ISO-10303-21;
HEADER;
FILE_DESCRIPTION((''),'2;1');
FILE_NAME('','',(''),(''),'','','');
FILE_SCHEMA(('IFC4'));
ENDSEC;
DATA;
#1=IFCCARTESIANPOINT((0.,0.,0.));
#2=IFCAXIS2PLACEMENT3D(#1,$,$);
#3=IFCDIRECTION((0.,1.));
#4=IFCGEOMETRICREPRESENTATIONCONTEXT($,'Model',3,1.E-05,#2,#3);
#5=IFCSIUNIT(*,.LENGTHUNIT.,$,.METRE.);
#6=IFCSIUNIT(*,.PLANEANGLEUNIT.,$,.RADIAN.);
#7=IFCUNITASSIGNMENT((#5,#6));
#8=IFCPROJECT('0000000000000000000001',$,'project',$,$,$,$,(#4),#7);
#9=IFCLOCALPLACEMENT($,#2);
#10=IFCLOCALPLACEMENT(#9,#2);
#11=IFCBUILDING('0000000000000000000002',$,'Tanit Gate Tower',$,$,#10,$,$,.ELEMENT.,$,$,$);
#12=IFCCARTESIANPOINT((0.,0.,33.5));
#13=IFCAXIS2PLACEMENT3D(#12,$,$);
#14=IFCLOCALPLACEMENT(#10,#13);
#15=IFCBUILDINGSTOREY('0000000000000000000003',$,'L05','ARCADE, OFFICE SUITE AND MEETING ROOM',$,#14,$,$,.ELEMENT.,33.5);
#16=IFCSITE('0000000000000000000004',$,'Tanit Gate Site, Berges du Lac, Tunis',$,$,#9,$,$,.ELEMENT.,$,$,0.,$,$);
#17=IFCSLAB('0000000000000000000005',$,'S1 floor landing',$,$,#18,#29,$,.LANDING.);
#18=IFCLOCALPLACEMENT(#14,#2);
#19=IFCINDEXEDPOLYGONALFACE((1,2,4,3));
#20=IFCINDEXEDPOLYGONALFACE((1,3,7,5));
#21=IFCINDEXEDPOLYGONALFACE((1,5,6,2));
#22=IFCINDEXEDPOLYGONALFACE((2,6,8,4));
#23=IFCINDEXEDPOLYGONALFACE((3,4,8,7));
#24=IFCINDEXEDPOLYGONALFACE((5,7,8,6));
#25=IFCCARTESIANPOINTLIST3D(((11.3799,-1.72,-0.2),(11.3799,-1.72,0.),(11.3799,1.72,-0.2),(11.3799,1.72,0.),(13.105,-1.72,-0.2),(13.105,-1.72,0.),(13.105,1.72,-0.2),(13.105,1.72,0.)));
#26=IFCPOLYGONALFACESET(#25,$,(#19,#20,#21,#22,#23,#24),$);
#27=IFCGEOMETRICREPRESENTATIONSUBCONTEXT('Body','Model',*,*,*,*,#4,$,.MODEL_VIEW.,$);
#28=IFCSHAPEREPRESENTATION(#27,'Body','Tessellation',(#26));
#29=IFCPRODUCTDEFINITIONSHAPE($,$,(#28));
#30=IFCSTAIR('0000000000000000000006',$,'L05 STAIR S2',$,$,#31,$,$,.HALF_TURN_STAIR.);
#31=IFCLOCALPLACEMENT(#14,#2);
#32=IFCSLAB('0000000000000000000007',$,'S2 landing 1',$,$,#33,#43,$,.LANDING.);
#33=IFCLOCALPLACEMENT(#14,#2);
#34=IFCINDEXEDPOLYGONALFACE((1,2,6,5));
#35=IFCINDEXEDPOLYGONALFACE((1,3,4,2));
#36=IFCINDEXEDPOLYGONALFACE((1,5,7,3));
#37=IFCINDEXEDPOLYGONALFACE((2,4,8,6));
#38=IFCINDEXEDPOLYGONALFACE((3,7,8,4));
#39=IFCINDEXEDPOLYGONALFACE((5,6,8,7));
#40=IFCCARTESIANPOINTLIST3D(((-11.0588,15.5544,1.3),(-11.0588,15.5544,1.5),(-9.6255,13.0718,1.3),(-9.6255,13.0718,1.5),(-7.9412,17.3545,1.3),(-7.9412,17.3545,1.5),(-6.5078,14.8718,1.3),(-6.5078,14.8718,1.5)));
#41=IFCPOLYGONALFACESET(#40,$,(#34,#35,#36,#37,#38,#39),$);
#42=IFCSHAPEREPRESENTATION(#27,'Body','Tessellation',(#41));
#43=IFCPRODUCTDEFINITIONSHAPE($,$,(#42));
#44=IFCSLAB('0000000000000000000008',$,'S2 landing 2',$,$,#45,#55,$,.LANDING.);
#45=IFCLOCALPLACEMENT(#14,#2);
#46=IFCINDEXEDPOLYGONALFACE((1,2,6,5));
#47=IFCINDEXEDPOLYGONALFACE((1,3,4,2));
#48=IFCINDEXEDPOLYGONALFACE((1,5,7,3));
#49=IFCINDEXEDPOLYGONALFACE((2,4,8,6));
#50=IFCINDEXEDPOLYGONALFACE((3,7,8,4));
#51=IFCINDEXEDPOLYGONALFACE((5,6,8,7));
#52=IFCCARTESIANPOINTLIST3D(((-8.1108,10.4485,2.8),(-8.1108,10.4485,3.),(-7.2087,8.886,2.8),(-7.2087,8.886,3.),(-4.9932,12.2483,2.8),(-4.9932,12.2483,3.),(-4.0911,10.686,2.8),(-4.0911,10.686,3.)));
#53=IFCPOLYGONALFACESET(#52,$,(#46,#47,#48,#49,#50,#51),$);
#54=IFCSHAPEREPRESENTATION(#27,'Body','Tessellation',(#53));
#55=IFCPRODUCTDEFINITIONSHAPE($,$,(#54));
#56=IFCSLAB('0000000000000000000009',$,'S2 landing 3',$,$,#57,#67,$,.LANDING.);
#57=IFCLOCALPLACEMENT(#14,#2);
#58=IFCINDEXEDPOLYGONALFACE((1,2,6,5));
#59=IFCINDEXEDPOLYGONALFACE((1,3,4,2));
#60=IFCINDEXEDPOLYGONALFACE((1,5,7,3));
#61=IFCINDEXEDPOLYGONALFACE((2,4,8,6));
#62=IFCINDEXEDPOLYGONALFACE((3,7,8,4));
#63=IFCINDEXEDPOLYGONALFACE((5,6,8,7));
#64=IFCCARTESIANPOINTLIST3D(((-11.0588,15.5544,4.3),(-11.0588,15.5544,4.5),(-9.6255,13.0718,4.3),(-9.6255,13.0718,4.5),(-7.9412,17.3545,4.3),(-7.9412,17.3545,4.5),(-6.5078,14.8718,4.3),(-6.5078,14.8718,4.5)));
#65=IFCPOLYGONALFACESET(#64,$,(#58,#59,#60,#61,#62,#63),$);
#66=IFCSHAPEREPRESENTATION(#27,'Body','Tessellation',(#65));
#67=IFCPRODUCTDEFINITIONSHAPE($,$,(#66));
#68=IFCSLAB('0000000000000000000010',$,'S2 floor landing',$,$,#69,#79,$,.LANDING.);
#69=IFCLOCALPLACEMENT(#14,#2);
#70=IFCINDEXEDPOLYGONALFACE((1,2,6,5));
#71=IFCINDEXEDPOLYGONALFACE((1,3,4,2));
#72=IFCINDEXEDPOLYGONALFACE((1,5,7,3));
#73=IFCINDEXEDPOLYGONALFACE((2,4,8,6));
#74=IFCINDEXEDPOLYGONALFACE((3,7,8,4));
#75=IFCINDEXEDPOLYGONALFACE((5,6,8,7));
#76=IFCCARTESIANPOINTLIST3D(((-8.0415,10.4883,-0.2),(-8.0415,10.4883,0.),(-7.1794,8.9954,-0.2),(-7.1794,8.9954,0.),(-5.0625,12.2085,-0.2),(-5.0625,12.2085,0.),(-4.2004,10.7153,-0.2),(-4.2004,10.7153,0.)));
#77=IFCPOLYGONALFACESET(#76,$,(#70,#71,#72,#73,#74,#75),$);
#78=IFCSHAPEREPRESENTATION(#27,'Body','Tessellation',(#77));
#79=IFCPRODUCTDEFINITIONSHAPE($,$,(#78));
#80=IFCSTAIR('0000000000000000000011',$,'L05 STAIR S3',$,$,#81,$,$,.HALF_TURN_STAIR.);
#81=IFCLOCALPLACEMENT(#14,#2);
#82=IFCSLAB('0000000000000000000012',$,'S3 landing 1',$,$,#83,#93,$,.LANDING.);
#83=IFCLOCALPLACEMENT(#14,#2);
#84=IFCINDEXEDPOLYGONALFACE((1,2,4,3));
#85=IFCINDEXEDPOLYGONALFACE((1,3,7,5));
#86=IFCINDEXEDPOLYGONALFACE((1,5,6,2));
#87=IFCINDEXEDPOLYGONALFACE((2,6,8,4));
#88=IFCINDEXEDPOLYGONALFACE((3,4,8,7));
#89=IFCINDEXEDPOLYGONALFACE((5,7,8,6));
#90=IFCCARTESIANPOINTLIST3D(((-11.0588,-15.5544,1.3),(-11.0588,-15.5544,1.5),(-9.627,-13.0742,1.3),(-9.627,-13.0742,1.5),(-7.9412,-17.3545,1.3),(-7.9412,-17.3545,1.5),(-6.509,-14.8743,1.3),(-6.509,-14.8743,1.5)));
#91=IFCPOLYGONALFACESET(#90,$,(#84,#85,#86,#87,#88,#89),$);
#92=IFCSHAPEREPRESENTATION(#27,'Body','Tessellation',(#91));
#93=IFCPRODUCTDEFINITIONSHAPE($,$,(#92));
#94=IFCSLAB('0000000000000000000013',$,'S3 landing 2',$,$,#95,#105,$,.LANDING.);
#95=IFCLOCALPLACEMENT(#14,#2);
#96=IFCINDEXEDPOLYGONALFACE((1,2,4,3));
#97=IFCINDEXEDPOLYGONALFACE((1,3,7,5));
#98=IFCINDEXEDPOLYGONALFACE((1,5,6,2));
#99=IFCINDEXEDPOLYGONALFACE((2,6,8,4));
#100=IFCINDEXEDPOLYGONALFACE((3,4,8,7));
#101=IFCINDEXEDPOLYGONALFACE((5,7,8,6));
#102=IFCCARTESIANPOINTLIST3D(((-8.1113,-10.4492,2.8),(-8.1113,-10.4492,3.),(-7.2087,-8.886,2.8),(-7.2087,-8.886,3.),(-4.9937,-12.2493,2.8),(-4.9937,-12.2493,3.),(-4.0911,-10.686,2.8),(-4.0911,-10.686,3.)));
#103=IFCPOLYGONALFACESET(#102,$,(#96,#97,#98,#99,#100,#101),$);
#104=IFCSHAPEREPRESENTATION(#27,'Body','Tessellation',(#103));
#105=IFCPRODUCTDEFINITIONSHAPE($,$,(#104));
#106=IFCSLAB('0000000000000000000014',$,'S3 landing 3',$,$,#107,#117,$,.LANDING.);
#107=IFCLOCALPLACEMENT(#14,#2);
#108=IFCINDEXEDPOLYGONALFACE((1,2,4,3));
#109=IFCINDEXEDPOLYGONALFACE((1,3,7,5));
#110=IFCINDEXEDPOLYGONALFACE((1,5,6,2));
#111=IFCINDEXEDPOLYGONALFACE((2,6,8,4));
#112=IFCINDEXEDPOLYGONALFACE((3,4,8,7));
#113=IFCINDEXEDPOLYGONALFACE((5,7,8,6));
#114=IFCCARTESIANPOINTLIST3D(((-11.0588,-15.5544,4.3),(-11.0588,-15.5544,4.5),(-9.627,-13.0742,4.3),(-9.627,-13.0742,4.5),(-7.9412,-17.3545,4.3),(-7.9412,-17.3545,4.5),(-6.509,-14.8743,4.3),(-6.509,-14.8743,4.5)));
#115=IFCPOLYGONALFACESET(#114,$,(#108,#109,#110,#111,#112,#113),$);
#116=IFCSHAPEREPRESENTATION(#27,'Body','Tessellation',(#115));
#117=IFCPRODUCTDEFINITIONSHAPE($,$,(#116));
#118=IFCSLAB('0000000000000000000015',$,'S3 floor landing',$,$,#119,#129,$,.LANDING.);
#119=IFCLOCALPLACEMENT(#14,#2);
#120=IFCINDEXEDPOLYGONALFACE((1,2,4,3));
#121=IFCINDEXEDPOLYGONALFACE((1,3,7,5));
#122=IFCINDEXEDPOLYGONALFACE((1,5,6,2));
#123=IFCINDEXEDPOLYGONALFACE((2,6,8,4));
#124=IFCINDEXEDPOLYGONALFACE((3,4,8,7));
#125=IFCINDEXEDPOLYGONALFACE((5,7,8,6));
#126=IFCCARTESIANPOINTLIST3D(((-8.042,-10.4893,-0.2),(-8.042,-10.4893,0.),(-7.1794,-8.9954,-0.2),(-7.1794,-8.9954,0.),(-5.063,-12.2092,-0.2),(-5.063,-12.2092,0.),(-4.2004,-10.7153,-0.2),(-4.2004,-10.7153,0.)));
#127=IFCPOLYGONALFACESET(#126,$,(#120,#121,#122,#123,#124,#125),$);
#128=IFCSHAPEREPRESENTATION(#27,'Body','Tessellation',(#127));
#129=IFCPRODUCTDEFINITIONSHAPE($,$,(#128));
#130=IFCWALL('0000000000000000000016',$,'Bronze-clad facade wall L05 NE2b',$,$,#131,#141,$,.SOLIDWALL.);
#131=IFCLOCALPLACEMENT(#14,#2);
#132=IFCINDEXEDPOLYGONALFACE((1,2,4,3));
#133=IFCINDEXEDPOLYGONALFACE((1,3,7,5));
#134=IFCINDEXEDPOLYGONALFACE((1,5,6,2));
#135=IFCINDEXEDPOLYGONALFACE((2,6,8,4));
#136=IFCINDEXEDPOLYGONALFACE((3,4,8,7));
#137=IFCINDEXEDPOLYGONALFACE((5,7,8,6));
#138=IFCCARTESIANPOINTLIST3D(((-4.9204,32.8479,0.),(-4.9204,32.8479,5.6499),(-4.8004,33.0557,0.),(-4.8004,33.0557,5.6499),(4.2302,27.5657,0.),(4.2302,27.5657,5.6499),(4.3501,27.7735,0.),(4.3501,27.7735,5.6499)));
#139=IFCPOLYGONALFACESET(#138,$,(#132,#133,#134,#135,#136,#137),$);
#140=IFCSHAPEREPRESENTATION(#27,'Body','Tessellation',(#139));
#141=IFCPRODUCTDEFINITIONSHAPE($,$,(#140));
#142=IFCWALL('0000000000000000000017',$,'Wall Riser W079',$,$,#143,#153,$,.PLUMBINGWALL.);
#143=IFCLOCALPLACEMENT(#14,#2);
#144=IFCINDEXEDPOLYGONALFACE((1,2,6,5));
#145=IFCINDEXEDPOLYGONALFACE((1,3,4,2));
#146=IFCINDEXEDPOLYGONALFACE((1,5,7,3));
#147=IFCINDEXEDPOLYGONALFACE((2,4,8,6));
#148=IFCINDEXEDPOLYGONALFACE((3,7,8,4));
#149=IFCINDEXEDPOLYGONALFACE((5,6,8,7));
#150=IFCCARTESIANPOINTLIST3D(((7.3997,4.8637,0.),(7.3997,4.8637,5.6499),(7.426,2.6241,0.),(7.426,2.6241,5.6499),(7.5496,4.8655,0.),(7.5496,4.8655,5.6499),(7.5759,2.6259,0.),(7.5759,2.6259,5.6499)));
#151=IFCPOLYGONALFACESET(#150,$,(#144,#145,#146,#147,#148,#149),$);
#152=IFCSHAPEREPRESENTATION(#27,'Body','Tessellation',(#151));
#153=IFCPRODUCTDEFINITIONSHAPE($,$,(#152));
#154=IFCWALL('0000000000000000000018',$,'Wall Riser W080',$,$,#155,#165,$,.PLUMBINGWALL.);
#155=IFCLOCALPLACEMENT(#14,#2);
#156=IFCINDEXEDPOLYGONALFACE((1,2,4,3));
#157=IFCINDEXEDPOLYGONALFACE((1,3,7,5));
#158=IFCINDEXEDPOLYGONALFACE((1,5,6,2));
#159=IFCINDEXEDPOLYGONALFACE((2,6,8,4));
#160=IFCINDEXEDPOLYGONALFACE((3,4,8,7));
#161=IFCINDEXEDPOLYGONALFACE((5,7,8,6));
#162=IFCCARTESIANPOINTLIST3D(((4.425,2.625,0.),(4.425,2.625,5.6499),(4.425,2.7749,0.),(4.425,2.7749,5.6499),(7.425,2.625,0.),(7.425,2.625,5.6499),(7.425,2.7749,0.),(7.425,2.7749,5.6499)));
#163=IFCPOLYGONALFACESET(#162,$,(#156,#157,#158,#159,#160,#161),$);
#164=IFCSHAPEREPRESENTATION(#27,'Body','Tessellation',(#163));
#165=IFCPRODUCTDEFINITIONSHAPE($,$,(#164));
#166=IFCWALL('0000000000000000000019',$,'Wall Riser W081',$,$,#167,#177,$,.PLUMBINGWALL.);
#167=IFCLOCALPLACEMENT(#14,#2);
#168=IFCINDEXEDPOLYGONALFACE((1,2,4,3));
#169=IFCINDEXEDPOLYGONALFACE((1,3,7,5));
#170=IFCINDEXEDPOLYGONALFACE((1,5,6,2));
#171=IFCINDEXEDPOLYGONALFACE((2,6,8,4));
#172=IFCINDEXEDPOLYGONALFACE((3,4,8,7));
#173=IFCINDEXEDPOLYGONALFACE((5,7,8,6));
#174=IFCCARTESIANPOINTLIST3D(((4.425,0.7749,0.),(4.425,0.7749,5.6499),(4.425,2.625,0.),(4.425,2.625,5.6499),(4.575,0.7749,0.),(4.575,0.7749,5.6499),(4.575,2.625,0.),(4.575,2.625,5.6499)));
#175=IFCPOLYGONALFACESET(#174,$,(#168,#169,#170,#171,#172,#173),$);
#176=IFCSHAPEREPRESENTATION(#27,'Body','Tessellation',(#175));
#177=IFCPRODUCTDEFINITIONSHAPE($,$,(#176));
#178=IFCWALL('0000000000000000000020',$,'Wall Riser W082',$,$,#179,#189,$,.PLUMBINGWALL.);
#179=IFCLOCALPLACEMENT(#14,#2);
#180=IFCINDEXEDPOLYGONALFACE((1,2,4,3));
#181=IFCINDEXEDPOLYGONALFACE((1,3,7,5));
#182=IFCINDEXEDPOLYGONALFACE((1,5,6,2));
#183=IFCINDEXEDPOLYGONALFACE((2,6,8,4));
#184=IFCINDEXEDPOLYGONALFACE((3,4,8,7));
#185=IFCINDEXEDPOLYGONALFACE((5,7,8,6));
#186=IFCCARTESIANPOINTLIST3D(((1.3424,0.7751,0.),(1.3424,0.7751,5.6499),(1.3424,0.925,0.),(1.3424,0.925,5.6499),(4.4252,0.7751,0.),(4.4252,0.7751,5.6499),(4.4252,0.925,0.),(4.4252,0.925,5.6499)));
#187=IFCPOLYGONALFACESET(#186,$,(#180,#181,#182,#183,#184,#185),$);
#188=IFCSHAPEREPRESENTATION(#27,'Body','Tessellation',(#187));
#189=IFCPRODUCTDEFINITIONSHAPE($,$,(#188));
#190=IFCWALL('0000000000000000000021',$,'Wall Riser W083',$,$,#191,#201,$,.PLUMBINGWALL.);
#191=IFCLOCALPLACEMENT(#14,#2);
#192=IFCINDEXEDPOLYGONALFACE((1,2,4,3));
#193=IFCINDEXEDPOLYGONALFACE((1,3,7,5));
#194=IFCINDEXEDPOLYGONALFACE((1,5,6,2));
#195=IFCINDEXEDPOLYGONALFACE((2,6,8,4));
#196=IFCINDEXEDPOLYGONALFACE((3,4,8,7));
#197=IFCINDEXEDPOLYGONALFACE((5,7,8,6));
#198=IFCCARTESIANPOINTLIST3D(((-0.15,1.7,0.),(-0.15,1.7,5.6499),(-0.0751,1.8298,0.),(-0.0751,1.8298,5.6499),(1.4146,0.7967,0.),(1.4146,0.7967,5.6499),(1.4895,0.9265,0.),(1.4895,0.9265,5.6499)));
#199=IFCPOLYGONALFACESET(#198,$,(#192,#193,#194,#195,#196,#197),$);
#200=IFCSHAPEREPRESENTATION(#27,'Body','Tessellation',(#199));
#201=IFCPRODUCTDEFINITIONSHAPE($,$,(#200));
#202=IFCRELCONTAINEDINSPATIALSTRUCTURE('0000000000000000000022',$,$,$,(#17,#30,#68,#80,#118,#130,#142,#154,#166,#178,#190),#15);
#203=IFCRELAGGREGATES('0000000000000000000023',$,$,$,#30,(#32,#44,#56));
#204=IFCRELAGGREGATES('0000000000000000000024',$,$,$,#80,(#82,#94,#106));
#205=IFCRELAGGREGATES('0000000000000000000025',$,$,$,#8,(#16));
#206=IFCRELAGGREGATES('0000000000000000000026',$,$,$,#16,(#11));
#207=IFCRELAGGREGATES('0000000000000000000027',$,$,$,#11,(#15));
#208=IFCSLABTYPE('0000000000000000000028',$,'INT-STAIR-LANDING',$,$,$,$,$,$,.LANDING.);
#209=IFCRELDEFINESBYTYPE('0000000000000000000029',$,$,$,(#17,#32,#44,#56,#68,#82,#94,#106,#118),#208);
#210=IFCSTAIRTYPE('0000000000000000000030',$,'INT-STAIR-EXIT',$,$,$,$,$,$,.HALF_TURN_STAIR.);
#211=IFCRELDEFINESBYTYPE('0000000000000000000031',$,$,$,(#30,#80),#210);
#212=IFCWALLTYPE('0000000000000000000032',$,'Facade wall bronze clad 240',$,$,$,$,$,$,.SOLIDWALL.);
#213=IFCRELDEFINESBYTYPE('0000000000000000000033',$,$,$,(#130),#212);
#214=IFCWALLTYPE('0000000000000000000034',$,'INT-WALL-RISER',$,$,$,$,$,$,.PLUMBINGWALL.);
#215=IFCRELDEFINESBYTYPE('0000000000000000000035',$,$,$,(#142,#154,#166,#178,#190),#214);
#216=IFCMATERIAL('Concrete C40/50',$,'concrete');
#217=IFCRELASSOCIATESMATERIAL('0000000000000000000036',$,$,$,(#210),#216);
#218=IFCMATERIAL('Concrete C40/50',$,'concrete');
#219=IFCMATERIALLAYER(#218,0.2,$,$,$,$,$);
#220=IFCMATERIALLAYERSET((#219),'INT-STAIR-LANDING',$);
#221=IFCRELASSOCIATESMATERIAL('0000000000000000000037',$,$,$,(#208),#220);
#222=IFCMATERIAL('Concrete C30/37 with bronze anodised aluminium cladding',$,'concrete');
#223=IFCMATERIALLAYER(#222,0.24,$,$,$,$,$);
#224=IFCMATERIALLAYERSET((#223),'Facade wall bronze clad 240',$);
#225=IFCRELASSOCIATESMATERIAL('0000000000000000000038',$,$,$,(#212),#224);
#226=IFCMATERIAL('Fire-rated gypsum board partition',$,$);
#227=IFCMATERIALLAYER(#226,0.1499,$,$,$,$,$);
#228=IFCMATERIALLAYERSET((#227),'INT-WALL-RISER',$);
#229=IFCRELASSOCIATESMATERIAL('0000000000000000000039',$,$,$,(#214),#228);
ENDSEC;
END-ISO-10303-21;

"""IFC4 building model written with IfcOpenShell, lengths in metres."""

from ifc_helpers import new_model, si_unit, direction, frame, frame_2d, origin, place, context, subcontext, project, spatial, polyline, rectangle, outline, extrude, material, layer, layer_set, type_object, element, aggregate, save


model = new_model("IFC4")

# Units and contexts
model_context = context("Model", 3, precision=1e-05, world=origin(), true_north=direction((0.0, 1.0)))
body_context = subcontext(model_context, "Body", "Model", "MODEL_VIEW")
ifc_project = project(units=[si_unit("LENGTHUNIT", "METRE"), si_unit("PLANEANGLEUNIT", "RADIAN")], contexts=[model_context])

# Site, building, storey
site_placement = place(None, origin())
site = spatial("IfcSite", under=ifc_project, at=site_placement, Name="Tanit Gate Site, Berges du Lac, Tunis", CompositionType="ELEMENT", RefElevation=0.0)
building_placement = place(site_placement, origin())
building = spatial("IfcBuilding", under=site, at=building_placement, Name="Tanit Gate Tower", CompositionType="ELEMENT")
storey_placement = place(building_placement, frame((0.0, 0.0, 33.5)))
storey = spatial("IfcBuildingStorey", under=building, at=storey_placement, Name="L05", Description="ARCADE, OFFICE SUITE AND MEETING ROOM", CompositionType="ELEMENT", Elevation=33.5)

# Shared definitions
ifc_material_1 = material(Name="Concrete C40/50", Category="concrete")
stair_type = type_object("IfcStairType", Name="INT-STAIR-EXIT", PredefinedType="HALF_TURN_STAIR", material=ifc_material_1)
ifc_material_2 = material(Name="Concrete C40/50", Category="concrete")
ifc_layer_1 = layer(ifc_material_2, 0.2)
ifc_layer_set_1 = layer_set([ifc_layer_1], Name="INT-STAIR-LANDING")
slab_type = type_object("IfcSlabType", Name="INT-STAIR-LANDING", PredefinedType="LANDING", material=ifc_layer_set_1)

# Slab
slab_1_placement = place(storey_placement, frame((0.0, 0.0, -0.2)))
element("IfcSlab", 1, at=slab_1_placement, inside=storey, type_object=slab_type, Name="S1 floor landing", PredefinedType="LANDING", context=body_context, shape_type="SweptSolid", body=[
    extrude(outline(polyline([(11.3799, -1.72), (13.105, -1.72), (13.105, 1.72), (11.3799, 1.72), (11.3799, -1.72)])), origin(), (0.0, 0.0, 1.0), 0.2),
])

# Stair, slabs
stair_1_placement = place(storey_placement, origin())
stair_1 = element("IfcStair", 2, at=stair_1_placement, inside=storey, type_object=stair_type, Name="L05 STAIR S2", PredefinedType="HALF_TURN_STAIR")
slab_2_placement = place(storey_placement, frame((0.0, 0.0, 1.3)))
slab_2 = element("IfcSlab", 3, at=slab_2_placement, type_object=slab_type, Name="S2 landing 1", PredefinedType="LANDING", context=body_context, shape_type="SweptSolid", body=[
    extrude(outline(polyline([(-6.5078, 14.8718), (-7.9412, 17.3545), (-11.0588, 15.5544), (-9.6255, 13.0718), (-6.5078, 14.8718)])), origin(), (0.0, 0.0, 1.0), 0.2),
])
slab_3_placement = place(storey_placement, frame((0.0, 0.0, 2.8)))
slab_3 = element("IfcSlab", 4, at=slab_3_placement, type_object=slab_type, Name="S2 landing 2", PredefinedType="LANDING", context=body_context, shape_type="SweptSolid", body=[
    extrude(outline(polyline([(-4.0911, 10.686), (-4.9932, 12.2483), (-8.1108, 10.4485), (-7.2087, 8.886), (-4.0911, 10.686)])), origin(), (0.0, 0.0, 1.0), 0.2),
])
slab_4_placement = place(storey_placement, frame((0.0, 0.0, 4.3)))
slab_4 = element("IfcSlab", 5, at=slab_4_placement, type_object=slab_type, Name="S2 landing 3", PredefinedType="LANDING", context=body_context, shape_type="SweptSolid", body=[
    extrude(outline(polyline([(-6.5078, 14.8718), (-7.9412, 17.3545), (-11.0588, 15.5544), (-9.6255, 13.0718), (-6.5078, 14.8718)])), origin(), (0.0, 0.0, 1.0), 0.2),
])
aggregate(stair_1, [slab_2, slab_3, slab_4])

# Slab
slab_5_placement = place(storey_placement, frame((0.0, 0.0, -0.2)))
element("IfcSlab", 6, at=slab_5_placement, inside=storey, type_object=slab_type, Name="S2 floor landing", PredefinedType="LANDING", context=body_context, shape_type="SweptSolid", body=[
    extrude(outline(polyline([(-4.2004, 10.7153), (-5.0625, 12.2085), (-8.0415, 10.4883), (-7.1794, 8.9954), (-4.2004, 10.7153)])), origin(), (0.0, 0.0, 1.0), 0.2),
])

# Stair, slabs
stair_2_placement = place(storey_placement, origin())
stair_2 = element("IfcStair", 7, at=stair_2_placement, inside=storey, type_object=stair_type, Name="L05 STAIR S3", PredefinedType="HALF_TURN_STAIR")
slab_6_placement = place(storey_placement, frame((0.0, 0.0, 1.3)))
slab_6 = element("IfcSlab", 8, at=slab_6_placement, type_object=slab_type, Name="S3 landing 1", PredefinedType="LANDING", context=body_context, shape_type="SweptSolid", body=[
    extrude(outline(polyline([(-9.627, -13.0742), (-11.0588, -15.5544), (-7.9412, -17.3545), (-6.509, -14.8743), (-9.627, -13.0742)])), origin(), (0.0, 0.0, 1.0), 0.2),
])
slab_7_placement = place(storey_placement, frame((0.0, 0.0, 2.8)))
slab_7 = element("IfcSlab", 9, at=slab_7_placement, type_object=slab_type, Name="S3 landing 2", PredefinedType="LANDING", context=body_context, shape_type="SweptSolid", body=[
    extrude(outline(polyline([(-7.2087, -8.886), (-8.1113, -10.4492), (-4.9937, -12.2493), (-4.0911, -10.686), (-7.2087, -8.886)])), origin(), (0.0, 0.0, 1.0), 0.2),
])
slab_8_placement = place(storey_placement, frame((0.0, 0.0, 4.3)))
slab_8 = element("IfcSlab", 10, at=slab_8_placement, type_object=slab_type, Name="S3 landing 3", PredefinedType="LANDING", context=body_context, shape_type="SweptSolid", body=[
    extrude(outline(polyline([(-9.627, -13.0742), (-11.0588, -15.5544), (-7.9412, -17.3545), (-6.509, -14.8743), (-9.627, -13.0742)])), origin(), (0.0, 0.0, 1.0), 0.2),
])
aggregate(stair_2, [slab_6, slab_7, slab_8])

# Slab
slab_9_placement = place(storey_placement, frame((0.0, 0.0, -0.2)))
element("IfcSlab", 11, at=slab_9_placement, inside=storey, type_object=slab_type, Name="S3 floor landing", PredefinedType="LANDING", context=body_context, shape_type="SweptSolid", body=[
    extrude(outline(polyline([(-7.1794, -8.9954), (-8.042, -10.4893), (-5.063, -12.2092), (-4.2004, -10.7153), (-7.1794, -8.9954)])), origin(), (0.0, 0.0, 1.0), 0.2),
])

# Walls
ifc_material_3 = material(Name="Concrete C30/37 with bronze anodised aluminium cladding", Category="concrete")
ifc_layer_2 = layer(ifc_material_3, 0.24)
ifc_layer_set_2 = layer_set([ifc_layer_2], Name="Facade wall bronze clad 240")
wall_type_1 = type_object("IfcWallType", Name="Facade wall bronze clad 240", PredefinedType="SOLIDWALL", material=ifc_layer_set_2)
wall_1_placement = place(storey_placement, frame((4.29, 27.6697, 0.0), z_axis=(0.0, 0.0, 1.0), x_axis=(-0.866062, 0.499936, 0.0)))
element("IfcWall", 12, at=wall_1_placement, inside=storey, type_object=wall_type_1, Name="Bronze-clad facade wall L05 NE2b", PredefinedType="SOLIDWALL", context=body_context, shape_type="SweptSolid", body=[
    extrude(rectangle(XDim=10.5657, YDim=0.24, at=frame_2d((5.2827, 0.0))), origin(), (0.0, 0.0, 1.0), 5.6499),
])
ifc_material_4 = material(Name="Fire-rated gypsum board partition")
ifc_layer_3 = layer(ifc_material_4, 0.1499)
ifc_layer_set_3 = layer_set([ifc_layer_3], Name="INT-WALL-RISER")
wall_type_2 = type_object("IfcWallType", Name="INT-WALL-RISER", PredefinedType="PLUMBINGWALL", material=ifc_layer_set_3)
wall_2_placement = place(storey_placement, frame((7.501, 2.625, 0.0), z_axis=(0.0, 0.0, 1.0), x_axis=(-0.011773, 0.999931, 0.0)))
element("IfcWall", 13, at=wall_2_placement, inside=storey, type_object=wall_type_2, Name="Wall Riser W079", PredefinedType="PLUMBINGWALL", context=body_context, shape_type="SweptSolid", body=[
    extrude(rectangle(XDim=2.2397, YDim=0.1499, at=frame_2d((1.1199, 0.0))), origin(), (0.0, 0.0, 1.0), 5.6499),
])
wall_3_placement = place(storey_placement, frame((4.425, 2.7, 0.0), z_axis=(0.0, 0.0, 1.0), x_axis=(1.0, 0.0, 0.0)))
element("IfcWall", 14, at=wall_3_placement, inside=storey, type_object=wall_type_2, Name="Wall Riser W080", PredefinedType="PLUMBINGWALL", context=body_context, shape_type="SweptSolid", body=[
    extrude(rectangle(XDim=3.0, YDim=0.1499, at=frame_2d((1.5, 0.0))), origin(), (0.0, 0.0, 1.0), 5.6499),
])
wall_4_placement = place(storey_placement, frame((4.5, 0.7749, 0.0), z_axis=(0.0, 0.0, 1.0), x_axis=(0.0, 1.0, 0.0)))
element("IfcWall", 15, at=wall_4_placement, inside=storey, type_object=wall_type_2, Name="Wall Riser W081", PredefinedType="PLUMBINGWALL", context=body_context, shape_type="SweptSolid", body=[
    extrude(rectangle(XDim=1.8501, YDim=0.1499, at=frame_2d((0.925, 0.0))), origin(), (0.0, 0.0, 1.0), 5.6499),
])
wall_5_placement = place(storey_placement, frame((1.3423, 0.8501, 0.0), z_axis=(0.0, 0.0, 1.0), x_axis=(1.0, 0.0, 0.0)))
element("IfcWall", 16, at=wall_5_placement, inside=storey, type_object=wall_type_2, Name="Wall Riser W082", PredefinedType="PLUMBINGWALL", context=body_context, shape_type="SweptSolid", body=[
    extrude(rectangle(XDim=3.0828, YDim=0.1499, at=frame_2d((1.5415, 0.0))), origin(), (0.0, 0.0, 1.0), 5.6499),
])
wall_6_placement = place(storey_placement, frame((-0.1125, 1.7649, 0.0), z_axis=(0.0, 0.0, 1.0), x_axis=(0.866039, -0.499976, 0.0)))
element("IfcWall", 17, at=wall_6_placement, inside=storey, type_object=wall_type_2, Name="Wall Riser W083", PredefinedType="PLUMBINGWALL", context=body_context, shape_type="SweptSolid", body=[
    extrude(rectangle(XDim=1.8066, YDim=0.1499, at=frame_2d((0.9033, 0.0))), origin(), (0.0, 0.0, 1.0), 5.6499),
])

save(model, "model.ifc")
